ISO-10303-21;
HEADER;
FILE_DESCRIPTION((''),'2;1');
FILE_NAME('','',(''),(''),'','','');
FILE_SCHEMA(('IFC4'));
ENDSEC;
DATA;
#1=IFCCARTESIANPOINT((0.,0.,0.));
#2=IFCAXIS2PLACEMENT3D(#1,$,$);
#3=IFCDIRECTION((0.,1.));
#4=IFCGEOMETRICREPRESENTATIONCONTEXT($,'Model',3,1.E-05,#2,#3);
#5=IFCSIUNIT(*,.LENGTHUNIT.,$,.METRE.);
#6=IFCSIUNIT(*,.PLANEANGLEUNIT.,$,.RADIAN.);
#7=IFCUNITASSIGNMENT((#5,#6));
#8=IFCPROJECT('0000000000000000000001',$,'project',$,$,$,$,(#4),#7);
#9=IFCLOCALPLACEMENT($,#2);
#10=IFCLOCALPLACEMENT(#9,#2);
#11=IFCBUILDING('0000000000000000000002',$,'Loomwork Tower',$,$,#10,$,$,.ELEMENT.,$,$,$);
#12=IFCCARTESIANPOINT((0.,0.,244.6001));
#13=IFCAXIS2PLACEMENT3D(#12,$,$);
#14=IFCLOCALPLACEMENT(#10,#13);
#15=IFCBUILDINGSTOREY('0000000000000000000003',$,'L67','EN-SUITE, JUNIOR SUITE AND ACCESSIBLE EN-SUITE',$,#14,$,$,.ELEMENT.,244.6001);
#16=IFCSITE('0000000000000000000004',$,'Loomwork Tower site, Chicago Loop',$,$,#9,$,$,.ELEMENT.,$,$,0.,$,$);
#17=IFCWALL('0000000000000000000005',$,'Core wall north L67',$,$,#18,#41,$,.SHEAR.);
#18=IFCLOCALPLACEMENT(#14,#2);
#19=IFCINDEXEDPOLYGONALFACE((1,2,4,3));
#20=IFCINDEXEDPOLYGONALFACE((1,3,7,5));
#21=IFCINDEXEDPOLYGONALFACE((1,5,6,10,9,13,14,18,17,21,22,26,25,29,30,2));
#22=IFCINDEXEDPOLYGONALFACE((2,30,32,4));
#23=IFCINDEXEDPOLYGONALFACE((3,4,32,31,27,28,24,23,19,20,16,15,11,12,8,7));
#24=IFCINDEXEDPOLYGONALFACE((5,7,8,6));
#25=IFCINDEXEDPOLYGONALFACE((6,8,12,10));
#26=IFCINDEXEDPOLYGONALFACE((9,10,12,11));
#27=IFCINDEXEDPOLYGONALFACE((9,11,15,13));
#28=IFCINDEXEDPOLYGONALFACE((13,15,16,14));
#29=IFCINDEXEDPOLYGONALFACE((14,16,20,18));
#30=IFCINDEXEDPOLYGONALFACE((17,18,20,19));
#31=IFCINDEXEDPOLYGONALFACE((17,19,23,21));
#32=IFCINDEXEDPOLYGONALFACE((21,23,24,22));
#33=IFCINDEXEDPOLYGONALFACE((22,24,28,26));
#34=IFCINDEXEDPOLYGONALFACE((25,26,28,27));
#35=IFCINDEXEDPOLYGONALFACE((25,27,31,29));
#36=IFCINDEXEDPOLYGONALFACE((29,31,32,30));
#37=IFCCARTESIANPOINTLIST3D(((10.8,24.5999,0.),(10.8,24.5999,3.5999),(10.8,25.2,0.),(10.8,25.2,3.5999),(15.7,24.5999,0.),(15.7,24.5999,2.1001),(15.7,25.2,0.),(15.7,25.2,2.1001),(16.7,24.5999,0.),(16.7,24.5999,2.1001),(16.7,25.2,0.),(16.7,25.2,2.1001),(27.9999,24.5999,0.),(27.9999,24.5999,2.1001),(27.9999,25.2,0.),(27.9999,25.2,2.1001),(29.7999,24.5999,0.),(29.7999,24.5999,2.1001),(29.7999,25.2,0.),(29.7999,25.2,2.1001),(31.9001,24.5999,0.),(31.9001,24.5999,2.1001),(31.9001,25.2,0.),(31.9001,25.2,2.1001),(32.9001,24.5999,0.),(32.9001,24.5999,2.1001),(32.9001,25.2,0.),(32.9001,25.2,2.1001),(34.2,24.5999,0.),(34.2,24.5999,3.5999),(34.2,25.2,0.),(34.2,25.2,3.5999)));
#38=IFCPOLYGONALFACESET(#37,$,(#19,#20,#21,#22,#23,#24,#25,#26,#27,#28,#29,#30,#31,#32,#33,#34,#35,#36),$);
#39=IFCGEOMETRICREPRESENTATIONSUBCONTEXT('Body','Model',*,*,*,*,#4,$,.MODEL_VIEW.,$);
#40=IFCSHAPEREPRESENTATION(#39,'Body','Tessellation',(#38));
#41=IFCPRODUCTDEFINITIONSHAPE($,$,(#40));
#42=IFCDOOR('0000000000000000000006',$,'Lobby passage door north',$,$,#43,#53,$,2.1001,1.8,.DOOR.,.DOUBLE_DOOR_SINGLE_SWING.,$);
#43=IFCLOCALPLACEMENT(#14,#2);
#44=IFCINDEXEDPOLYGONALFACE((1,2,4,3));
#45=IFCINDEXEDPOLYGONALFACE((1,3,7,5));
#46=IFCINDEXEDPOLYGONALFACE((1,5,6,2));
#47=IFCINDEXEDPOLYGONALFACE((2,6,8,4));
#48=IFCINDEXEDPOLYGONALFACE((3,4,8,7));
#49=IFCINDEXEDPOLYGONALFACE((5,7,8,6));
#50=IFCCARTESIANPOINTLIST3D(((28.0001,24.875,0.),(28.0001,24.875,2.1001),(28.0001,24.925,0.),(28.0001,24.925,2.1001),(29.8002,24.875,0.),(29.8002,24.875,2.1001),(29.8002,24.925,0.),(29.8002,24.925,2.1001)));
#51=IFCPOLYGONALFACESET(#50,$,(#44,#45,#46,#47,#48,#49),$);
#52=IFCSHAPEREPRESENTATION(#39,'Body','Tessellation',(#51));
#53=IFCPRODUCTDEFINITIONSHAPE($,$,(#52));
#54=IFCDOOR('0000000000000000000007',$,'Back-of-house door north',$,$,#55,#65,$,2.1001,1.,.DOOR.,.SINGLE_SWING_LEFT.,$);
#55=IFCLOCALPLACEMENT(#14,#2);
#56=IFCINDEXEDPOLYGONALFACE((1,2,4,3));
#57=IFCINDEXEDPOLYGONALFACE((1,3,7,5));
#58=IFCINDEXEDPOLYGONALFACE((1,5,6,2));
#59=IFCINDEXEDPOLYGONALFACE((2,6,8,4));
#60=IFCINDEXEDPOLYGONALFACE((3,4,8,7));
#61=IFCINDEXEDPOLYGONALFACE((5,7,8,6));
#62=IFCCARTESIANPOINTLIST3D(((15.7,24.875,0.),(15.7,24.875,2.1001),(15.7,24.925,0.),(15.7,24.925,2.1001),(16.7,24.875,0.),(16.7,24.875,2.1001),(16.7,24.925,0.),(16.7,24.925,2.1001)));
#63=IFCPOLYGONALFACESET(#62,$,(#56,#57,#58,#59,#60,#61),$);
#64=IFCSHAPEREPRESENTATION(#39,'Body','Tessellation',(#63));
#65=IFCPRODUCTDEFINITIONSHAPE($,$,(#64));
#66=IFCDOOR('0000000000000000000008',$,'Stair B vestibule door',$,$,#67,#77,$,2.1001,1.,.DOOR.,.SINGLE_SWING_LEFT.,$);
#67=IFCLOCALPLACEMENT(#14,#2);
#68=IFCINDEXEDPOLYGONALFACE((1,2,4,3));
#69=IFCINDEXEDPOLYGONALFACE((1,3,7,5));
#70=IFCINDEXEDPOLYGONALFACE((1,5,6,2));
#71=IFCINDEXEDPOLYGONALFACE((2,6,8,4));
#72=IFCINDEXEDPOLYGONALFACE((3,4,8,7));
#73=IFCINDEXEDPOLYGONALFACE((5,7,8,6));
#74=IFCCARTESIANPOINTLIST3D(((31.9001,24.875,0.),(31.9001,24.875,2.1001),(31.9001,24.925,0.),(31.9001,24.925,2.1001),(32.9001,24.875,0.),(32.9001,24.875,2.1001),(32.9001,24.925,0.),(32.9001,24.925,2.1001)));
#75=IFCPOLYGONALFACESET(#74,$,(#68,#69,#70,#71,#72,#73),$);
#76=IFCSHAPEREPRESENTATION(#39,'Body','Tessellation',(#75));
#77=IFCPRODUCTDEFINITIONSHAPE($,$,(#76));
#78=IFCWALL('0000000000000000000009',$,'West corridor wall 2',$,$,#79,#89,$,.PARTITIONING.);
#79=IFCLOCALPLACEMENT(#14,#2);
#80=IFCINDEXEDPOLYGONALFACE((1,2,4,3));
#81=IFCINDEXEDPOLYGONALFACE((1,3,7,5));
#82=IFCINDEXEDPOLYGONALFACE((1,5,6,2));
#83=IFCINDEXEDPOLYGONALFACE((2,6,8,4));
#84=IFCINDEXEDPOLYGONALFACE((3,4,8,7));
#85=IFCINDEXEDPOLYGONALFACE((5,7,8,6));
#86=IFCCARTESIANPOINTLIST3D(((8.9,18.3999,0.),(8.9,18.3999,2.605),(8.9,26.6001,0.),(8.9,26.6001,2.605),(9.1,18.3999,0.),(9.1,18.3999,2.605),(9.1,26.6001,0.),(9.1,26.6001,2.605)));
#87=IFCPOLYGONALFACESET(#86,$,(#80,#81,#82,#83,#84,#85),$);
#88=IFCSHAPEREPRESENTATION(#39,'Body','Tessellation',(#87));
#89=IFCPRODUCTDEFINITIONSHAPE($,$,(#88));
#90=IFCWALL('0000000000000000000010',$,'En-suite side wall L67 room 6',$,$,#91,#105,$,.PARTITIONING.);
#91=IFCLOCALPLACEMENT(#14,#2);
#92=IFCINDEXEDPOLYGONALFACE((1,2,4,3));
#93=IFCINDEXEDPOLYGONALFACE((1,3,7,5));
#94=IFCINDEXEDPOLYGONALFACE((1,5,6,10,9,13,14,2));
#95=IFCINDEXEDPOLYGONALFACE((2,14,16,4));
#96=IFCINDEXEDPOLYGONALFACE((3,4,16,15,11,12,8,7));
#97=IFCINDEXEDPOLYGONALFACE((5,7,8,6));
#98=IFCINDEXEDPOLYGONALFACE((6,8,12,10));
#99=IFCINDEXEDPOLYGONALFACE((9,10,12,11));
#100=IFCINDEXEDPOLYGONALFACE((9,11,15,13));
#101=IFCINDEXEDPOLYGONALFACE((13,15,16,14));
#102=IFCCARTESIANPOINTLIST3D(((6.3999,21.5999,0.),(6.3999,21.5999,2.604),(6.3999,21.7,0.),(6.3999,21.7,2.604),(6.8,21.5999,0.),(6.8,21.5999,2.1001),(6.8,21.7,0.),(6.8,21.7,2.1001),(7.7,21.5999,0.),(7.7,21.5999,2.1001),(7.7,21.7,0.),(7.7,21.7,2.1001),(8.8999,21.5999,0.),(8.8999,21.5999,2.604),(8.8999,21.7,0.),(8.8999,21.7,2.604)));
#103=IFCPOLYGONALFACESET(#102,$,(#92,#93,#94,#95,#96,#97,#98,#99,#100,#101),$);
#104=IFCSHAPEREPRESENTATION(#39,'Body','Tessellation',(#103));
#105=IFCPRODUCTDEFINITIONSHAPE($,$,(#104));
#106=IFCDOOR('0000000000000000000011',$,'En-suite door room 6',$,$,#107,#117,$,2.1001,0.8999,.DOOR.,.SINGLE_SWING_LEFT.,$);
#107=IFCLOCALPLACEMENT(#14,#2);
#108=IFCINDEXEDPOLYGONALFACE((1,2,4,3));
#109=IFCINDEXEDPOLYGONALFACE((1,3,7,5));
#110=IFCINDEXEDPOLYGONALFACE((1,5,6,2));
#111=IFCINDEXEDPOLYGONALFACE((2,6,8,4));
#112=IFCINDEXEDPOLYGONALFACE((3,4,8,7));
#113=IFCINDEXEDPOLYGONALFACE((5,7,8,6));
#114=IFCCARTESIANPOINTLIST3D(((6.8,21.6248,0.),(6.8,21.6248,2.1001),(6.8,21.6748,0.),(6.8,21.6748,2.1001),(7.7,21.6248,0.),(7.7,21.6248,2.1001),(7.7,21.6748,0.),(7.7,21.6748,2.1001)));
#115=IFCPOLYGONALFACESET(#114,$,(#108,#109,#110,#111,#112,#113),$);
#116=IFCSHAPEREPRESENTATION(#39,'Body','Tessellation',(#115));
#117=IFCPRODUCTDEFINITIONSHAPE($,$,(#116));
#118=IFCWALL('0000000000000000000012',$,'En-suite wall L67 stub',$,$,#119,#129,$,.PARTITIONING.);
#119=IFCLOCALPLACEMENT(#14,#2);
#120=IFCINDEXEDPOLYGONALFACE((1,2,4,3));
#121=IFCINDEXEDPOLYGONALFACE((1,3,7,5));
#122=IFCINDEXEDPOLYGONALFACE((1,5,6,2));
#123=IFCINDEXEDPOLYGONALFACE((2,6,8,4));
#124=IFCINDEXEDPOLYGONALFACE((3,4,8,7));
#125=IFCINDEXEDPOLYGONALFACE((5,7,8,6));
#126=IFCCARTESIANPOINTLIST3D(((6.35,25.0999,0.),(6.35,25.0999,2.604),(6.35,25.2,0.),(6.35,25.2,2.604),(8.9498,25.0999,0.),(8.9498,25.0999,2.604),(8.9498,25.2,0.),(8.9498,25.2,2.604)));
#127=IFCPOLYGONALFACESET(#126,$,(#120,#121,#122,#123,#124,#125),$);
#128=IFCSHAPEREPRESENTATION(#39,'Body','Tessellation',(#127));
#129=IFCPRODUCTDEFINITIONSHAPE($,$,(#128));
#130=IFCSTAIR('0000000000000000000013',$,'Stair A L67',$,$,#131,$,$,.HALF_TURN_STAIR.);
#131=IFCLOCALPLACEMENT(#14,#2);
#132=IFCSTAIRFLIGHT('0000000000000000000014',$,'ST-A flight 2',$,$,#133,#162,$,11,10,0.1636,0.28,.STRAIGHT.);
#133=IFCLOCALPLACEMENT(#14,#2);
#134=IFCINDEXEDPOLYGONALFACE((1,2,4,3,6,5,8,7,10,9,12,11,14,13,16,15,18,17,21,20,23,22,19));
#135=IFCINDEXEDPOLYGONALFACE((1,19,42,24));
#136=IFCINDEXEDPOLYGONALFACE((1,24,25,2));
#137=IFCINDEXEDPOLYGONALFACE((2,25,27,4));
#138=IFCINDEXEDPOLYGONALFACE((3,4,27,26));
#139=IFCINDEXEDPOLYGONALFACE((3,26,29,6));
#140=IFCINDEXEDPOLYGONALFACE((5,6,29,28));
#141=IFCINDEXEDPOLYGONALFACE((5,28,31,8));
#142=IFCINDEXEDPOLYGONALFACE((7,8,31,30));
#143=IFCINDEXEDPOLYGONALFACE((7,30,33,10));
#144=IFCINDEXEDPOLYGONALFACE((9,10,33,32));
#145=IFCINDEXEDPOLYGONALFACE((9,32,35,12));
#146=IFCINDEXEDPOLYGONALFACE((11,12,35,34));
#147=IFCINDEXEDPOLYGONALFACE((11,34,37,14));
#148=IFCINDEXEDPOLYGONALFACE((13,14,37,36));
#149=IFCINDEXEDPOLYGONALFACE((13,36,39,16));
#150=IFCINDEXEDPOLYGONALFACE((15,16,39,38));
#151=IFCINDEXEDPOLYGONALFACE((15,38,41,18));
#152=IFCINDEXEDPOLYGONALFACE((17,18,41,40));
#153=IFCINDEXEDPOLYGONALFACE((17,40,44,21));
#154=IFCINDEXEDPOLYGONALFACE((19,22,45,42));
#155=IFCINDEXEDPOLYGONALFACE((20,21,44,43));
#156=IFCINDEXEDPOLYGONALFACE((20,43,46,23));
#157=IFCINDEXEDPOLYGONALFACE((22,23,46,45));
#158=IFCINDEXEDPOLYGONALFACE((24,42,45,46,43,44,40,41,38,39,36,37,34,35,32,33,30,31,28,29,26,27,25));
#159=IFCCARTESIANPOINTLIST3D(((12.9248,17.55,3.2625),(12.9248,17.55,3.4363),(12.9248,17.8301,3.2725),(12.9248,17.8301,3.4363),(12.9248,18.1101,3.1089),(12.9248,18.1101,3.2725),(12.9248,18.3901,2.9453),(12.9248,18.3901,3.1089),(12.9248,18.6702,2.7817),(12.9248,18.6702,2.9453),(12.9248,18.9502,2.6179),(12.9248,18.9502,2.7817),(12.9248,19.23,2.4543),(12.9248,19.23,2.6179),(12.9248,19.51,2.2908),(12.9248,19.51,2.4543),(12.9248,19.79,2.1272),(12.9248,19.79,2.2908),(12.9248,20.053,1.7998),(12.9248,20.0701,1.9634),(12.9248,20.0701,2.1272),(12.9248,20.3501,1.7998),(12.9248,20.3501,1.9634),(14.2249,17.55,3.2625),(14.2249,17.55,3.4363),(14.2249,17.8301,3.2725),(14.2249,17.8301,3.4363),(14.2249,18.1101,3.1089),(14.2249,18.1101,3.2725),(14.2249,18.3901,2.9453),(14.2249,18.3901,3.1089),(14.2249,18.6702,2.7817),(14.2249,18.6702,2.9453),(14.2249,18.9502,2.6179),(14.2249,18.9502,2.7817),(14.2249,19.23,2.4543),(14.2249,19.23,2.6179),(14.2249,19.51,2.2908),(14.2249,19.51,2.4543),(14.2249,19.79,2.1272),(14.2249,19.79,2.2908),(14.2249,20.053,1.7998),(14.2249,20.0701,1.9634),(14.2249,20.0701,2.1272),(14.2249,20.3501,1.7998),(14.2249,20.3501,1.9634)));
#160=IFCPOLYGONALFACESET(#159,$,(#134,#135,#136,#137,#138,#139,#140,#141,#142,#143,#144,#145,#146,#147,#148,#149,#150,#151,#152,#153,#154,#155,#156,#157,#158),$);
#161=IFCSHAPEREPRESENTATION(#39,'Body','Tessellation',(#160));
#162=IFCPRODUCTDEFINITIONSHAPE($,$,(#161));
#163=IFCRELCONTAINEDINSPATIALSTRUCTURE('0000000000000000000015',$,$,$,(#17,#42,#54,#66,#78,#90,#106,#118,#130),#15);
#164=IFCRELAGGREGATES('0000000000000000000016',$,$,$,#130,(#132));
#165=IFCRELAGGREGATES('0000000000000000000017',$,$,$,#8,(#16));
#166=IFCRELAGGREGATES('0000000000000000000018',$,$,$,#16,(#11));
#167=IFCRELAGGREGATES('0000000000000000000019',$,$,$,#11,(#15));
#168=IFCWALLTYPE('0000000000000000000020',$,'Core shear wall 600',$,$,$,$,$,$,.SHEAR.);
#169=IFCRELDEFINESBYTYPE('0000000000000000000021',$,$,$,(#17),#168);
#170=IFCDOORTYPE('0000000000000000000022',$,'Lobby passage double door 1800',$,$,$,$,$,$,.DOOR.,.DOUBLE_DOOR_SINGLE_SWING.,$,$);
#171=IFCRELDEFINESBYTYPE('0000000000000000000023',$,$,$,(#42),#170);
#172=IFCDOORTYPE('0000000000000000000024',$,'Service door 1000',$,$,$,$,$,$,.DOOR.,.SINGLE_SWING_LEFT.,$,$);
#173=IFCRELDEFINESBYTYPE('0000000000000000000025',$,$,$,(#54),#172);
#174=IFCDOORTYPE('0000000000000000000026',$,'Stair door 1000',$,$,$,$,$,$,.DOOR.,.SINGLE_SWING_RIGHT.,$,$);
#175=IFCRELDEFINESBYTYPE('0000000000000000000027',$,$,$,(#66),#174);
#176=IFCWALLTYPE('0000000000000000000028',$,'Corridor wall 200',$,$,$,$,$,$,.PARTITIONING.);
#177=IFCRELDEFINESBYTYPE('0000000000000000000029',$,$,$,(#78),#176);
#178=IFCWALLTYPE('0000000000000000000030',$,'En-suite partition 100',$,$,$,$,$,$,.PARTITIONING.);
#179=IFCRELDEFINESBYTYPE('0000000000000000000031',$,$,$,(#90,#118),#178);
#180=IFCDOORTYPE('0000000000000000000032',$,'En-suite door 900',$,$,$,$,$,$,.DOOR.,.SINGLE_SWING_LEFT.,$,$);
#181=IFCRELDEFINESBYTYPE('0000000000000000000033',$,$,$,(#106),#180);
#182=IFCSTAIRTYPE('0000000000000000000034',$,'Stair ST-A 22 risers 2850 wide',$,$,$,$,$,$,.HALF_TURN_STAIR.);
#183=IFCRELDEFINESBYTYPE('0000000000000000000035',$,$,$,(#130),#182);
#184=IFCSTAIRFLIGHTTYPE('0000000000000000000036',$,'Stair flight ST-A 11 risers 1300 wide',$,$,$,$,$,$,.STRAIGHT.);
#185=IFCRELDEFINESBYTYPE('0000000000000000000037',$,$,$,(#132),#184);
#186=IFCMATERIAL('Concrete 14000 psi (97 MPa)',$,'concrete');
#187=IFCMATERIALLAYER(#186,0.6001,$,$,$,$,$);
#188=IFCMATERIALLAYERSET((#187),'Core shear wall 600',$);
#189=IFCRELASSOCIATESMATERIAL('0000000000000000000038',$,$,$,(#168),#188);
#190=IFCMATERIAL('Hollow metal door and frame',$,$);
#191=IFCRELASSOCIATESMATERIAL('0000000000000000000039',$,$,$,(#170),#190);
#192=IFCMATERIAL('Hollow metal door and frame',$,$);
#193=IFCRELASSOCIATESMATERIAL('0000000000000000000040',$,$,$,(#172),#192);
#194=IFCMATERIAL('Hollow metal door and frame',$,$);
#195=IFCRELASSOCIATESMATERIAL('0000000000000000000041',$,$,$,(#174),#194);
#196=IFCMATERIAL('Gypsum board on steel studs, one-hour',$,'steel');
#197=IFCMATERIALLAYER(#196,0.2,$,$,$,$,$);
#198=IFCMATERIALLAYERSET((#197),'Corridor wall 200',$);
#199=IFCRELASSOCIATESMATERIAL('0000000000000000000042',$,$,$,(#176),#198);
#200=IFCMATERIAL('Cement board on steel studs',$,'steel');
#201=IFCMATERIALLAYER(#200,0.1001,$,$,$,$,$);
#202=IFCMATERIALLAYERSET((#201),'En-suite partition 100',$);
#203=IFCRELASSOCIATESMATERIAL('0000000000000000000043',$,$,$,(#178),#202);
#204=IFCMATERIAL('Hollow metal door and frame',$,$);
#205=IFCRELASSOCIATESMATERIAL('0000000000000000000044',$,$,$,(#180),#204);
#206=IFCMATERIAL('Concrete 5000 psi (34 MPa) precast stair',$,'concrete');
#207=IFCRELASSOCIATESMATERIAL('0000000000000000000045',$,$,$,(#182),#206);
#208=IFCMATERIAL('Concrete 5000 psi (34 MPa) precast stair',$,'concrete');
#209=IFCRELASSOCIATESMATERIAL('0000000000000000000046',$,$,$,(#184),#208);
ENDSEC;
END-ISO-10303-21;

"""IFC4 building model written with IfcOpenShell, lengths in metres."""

from ifc_helpers import new_model, si_unit, direction, frame, frame_2d, origin, place, context, subcontext, project, spatial, polyline, rectangle, outline, extrude, material, layer, layer_set, type_object, element, fill, aggregate, save


model = new_model("IFC4")

# Units and contexts
model_context = context("Model", 3, precision=1e-05, world=origin(), true_north=direction((0.0, 1.0)))
body_context = subcontext(model_context, "Body", "Model", "MODEL_VIEW")
ifc_project = project(units=[si_unit("LENGTHUNIT", "METRE"), si_unit("PLANEANGLEUNIT", "RADIAN")], contexts=[model_context])

# Site, building, storey
site_placement = place(None, origin())
site = spatial("IfcSite", under=ifc_project, at=site_placement, Name="Loomwork Tower site, Chicago Loop", CompositionType="ELEMENT", RefElevation=0.0)
building_placement = place(site_placement, origin())
building = spatial("IfcBuilding", under=site, at=building_placement, Name="Loomwork Tower", CompositionType="ELEMENT")
storey_placement = place(building_placement, frame((0.0, 0.0, 244.6001)))
storey = spatial("IfcBuildingStorey", under=building, at=storey_placement, Name="L67", Description="EN-SUITE, JUNIOR SUITE AND ACCESSIBLE EN-SUITE", CompositionType="ELEMENT", Elevation=244.6001)

# Wall, openings, doors
ifc_material_1 = material(Name="Concrete 14000 psi (97 MPa)", Category="concrete")
ifc_layer_1 = layer(ifc_material_1, 0.6001)
ifc_layer_set_1 = layer_set([ifc_layer_1], Name="Core shear wall 600")
wall_type_1 = type_object("IfcWallType", Name="Core shear wall 600", PredefinedType="SHEAR", material=ifc_layer_set_1)
wall_1_placement = place(storey_placement, frame((10.8, 24.8999, 0.0), z_axis=(0.0, 0.0, 1.0), x_axis=(1.0, 0.0, 0.0)))
wall_1 = element("IfcWall", 1, at=wall_1_placement, inside=storey, type_object=wall_type_1, Name="Core wall north L67", PredefinedType="SHEAR", context=body_context, shape_type="SweptSolid", body=[
    extrude(rectangle(XDim=23.3999, YDim=0.6001, at=frame_2d((11.7, 0.0))), origin(), (0.0, 0.0, 1.0), 3.5999),
])
opening_1_placement = place(wall_1_placement, frame((17.2, 0.0, 0.0)))
opening_1 = element("IfcOpeningElement", 2, at=opening_1_placement, cuts=wall_1, PredefinedType="OPENING", context=body_context, shape_type="SweptSolid", body=[
    extrude(rectangle(XDim=1.8, YDim=2.1001, at=frame_2d((0.8999, 1.05))), frame((0.0, 0.3101, 0.0), z_axis=(0.0, -1.0, 0.0), x_axis=(1.0, 0.0, 0.0)), (0.0, 0.0, 1.0), 0.6201),
])
opening_2_placement = place(wall_1_placement, frame((21.1001, 0.0, 0.0)))
opening_2 = element("IfcOpeningElement", 3, at=opening_2_placement, cuts=wall_1, PredefinedType="OPENING", context=body_context, shape_type="SweptSolid", body=[
    extrude(rectangle(XDim=1.0, YDim=2.1001, at=frame_2d((0.5, 1.05))), frame((0.0, 0.3101, 0.0), z_axis=(0.0, -1.0, 0.0), x_axis=(1.0, 0.0, 0.0)), (0.0, 0.0, 1.0), 0.6201),
])
opening_3_placement = place(wall_1_placement, frame((4.8999, 0.0, 0.0)))
opening_3 = element("IfcOpeningElement", 4, at=opening_3_placement, cuts=wall_1, PredefinedType="OPENING", context=body_context, shape_type="SweptSolid", body=[
    extrude(rectangle(XDim=1.0, YDim=2.1001, at=frame_2d((0.5, 1.05))), frame((0.0, 0.3101, 0.0), z_axis=(0.0, -1.0, 0.0), x_axis=(1.0, 0.0, 0.0)), (0.0, 0.0, 1.0), 0.6201),
])
ifc_material_2 = material(Name="Hollow metal door and frame")
door_type_1 = type_object("IfcDoorType", Name="Lobby passage double door 1800", OperationType="DOUBLE_DOOR_SINGLE_SWING", PredefinedType="DOOR", material=ifc_material_2)
door_1_placement = place(opening_1_placement, frame((1.8, 0.0, 0.0), z_axis=(0.0, 0.0, 1.0), x_axis=(-1.0, 0.0, 0.0)))
door_1 = element("IfcDoor", 5, at=door_1_placement, inside=storey, type_object=door_type_1, Name="Lobby passage door north", OperationType="DOUBLE_DOOR_SINGLE_SWING", OverallHeight=2.1001, OverallWidth=1.8, PredefinedType="DOOR", context=body_context, shape_type="SweptSolid", body=[
    extrude(rectangle(XDim=1.8, YDim=2.1001, at=frame_2d((0.8999, 1.05))), frame((0.0, 0.0249, 0.0), z_axis=(0.0, -1.0, 0.0), x_axis=(1.0, 0.0, 0.0)), (0.0, 0.0, 1.0), 0.05),
])
fill(opening_1, door_1)
ifc_material_3 = material(Name="Hollow metal door and frame")
door_type_2 = type_object("IfcDoorType", Name="Service door 1000", OperationType="SINGLE_SWING_LEFT", PredefinedType="DOOR", material=ifc_material_3)
door_2_placement = place(opening_3_placement, frame((1.0, 0.0, 0.0), z_axis=(0.0, 0.0, 1.0), x_axis=(-1.0, 0.0, 0.0)))
door_2 = element("IfcDoor", 6, at=door_2_placement, inside=storey, type_object=door_type_2, Name="Back-of-house door north", OperationType="SINGLE_SWING_LEFT", OverallHeight=2.1001, OverallWidth=1.0, PredefinedType="DOOR", context=body_context, shape_type="SweptSolid", body=[
    extrude(rectangle(XDim=1.0, YDim=2.1001, at=frame_2d((0.5, 1.05))), frame((0.0, 0.0249, 0.0), z_axis=(0.0, -1.0, 0.0), x_axis=(1.0, 0.0, 0.0)), (0.0, 0.0, 1.0), 0.05),
])
fill(opening_3, door_2)
ifc_material_4 = material(Name="Hollow metal door and frame")
door_type_3 = type_object("IfcDoorType", Name="Stair door 1000", OperationType="SINGLE_SWING_RIGHT", PredefinedType="DOOR", material=ifc_material_4)
door_3_placement = place(opening_2_placement, frame((1.0, 0.0, 0.0), z_axis=(0.0, 0.0, 1.0), x_axis=(-1.0, 0.0, 0.0)))
door_3 = element("IfcDoor", 7, at=door_3_placement, inside=storey, type_object=door_type_3, Name="Stair B vestibule door", OperationType="SINGLE_SWING_LEFT", OverallHeight=2.1001, OverallWidth=1.0, PredefinedType="DOOR", context=body_context, shape_type="SweptSolid", body=[
    extrude(rectangle(XDim=1.0, YDim=2.1001, at=frame_2d((0.5, 1.05))), frame((0.0, 0.0249, 0.0), z_axis=(0.0, -1.0, 0.0), x_axis=(1.0, 0.0, 0.0)), (0.0, 0.0, 1.0), 0.05),
])
fill(opening_2, door_3)

# Wall
ifc_material_5 = material(Name="Gypsum board on steel studs, one-hour", Category="steel")
ifc_layer_2 = layer(ifc_material_5, 0.2)
ifc_layer_set_2 = layer_set([ifc_layer_2], Name="Corridor wall 200")
wall_type_2 = type_object("IfcWallType", Name="Corridor wall 200", PredefinedType="PARTITIONING", material=ifc_layer_set_2)
wall_2_placement = place(storey_placement, frame((9.0, 18.3999, 0.0), z_axis=(0.0, 0.0, 1.0), x_axis=(0.0, 1.0, 0.0)))
element("IfcWall", 8, at=wall_2_placement, inside=storey, type_object=wall_type_2, Name="West corridor wall 2", PredefinedType="PARTITIONING", context=body_context, shape_type="SweptSolid", body=[
    extrude(rectangle(XDim=8.2002, YDim=0.2, at=frame_2d((4.1001, 0.0))), origin(), (0.0, 0.0, 1.0), 2.605),
])

# Wall, opening, door
ifc_material_6 = material(Name="Cement board on steel studs", Category="steel")
ifc_layer_3 = layer(ifc_material_6, 0.1001)
ifc_layer_set_3 = layer_set([ifc_layer_3], Name="En-suite partition 100")
wall_type_3 = type_object("IfcWallType", Name="En-suite partition 100", PredefinedType="PARTITIONING", material=ifc_layer_set_3)
wall_3_placement = place(storey_placement, frame((8.8999, 21.6499, 0.0), z_axis=(0.0, 0.0, 1.0), x_axis=(-1.0, 0.0, 0.0)))
wall_3 = element("IfcWall", 9, at=wall_3_placement, inside=storey, type_object=wall_type_3, Name="En-suite side wall L67 room 6", PredefinedType="PARTITIONING", context=body_context, shape_type="SweptSolid", body=[
    extrude(rectangle(XDim=2.5, YDim=0.1001, at=frame_2d((1.25, 0.0))), origin(), (0.0, 0.0, 1.0), 2.604),
])
opening_4_placement = place(wall_3_placement, frame((1.2, 0.0, 0.0)))
opening_4 = element("IfcOpeningElement", 10, at=opening_4_placement, cuts=wall_3, PredefinedType="OPENING", context=body_context, shape_type="SweptSolid", body=[
    extrude(rectangle(XDim=0.8999, YDim=2.1001, at=frame_2d((0.45, 1.05))), frame((0.0, 0.0601, 0.0), z_axis=(0.0, -1.0, 0.0), x_axis=(1.0, 0.0, 0.0)), (0.0, 0.0, 1.0), 0.1201),
])
ifc_material_7 = material(Name="Hollow metal door and frame")
door_type_4 = type_object("IfcDoorType", Name="En-suite door 900", OperationType="SINGLE_SWING_LEFT", PredefinedType="DOOR", material=ifc_material_7)
door_4_placement = place(opening_4_placement, frame((0.8999, 0.0, 0.0), z_axis=(0.0, 0.0, 1.0), x_axis=(-1.0, 0.0, 0.0)))
door_4 = element("IfcDoor", 11, at=door_4_placement, inside=storey, type_object=door_type_4, Name="En-suite door room 6", OperationType="SINGLE_SWING_LEFT", OverallHeight=2.1001, OverallWidth=0.8999, PredefinedType="DOOR", context=body_context, shape_type="SweptSolid", body=[
    extrude(rectangle(XDim=0.8999, YDim=2.1001, at=frame_2d((0.45, 1.05))), frame((0.0, 0.0249, 0.0), z_axis=(0.0, -1.0, 0.0), x_axis=(1.0, 0.0, 0.0)), (0.0, 0.0, 1.0), 0.05),
])
fill(opening_4, door_4)

# Wall
wall_4_placement = place(storey_placement, frame((6.3501, 25.1499, 0.0), z_axis=(0.0, 0.0, 1.0), x_axis=(1.0, 0.0, 0.0)))
element("IfcWall", 12, at=wall_4_placement, inside=storey, type_object=wall_type_3, Name="En-suite wall L67 stub", PredefinedType="PARTITIONING", context=body_context, shape_type="SweptSolid", body=[
    extrude(rectangle(XDim=2.5999, YDim=0.1001, at=frame_2d((1.2998, 0.0))), origin(), (0.0, 0.0, 1.0), 2.604),
])

# Stair, stair flight
ifc_material_8 = material(Name="Concrete 5000 psi (34 MPa) precast stair", Category="concrete")
stair_type = type_object("IfcStairType", Name="Stair ST-A 22 risers 2850 wide", PredefinedType="HALF_TURN_STAIR", material=ifc_material_8)
stair_placement = place(storey_placement, origin())
stair = element("IfcStair", 13, at=stair_placement, inside=storey, type_object=stair_type, Name="Stair A L67", PredefinedType="HALF_TURN_STAIR")
ifc_material_9 = material(Name="Concrete 5000 psi (34 MPa) precast stair", Category="concrete")
stair_flight_type = type_object("IfcStairFlightType", Name="Stair flight ST-A 11 risers 1300 wide", PredefinedType="STRAIGHT", material=ifc_material_9)
stair_flight_placement = place(storey_placement, frame((13.575, 20.3501, 1.7998), z_axis=(0.0, 0.0, 1.0), x_axis=(0.0, -1.0, 0.0)))
stair_flight = element("IfcStairFlight", 14, at=stair_flight_placement, type_object=stair_flight_type, Name="ST-A flight 2", NumberOfRisers=11, NumberOfTreads=10, PredefinedType="STRAIGHT", RiserHeight=0.1636, TreadLength=0.28, context=body_context, shape_type="SweptSolid", body=[
    extrude(outline(polyline([(0.0, 0.0), (0.0, 0.1636), (0.28, 0.1636), (0.28, 0.3274), (0.5601, 0.3274), (0.5601, 0.491), (0.8401, 0.491), (0.8401, 0.6545), (1.1201, 0.6545), (1.1201, 0.8181), (1.3999, 0.8181), (1.3999, 0.9819), (1.6799, 0.9819), (1.6799, 1.1455), (1.96, 1.1455), (1.96, 1.3091), (2.24, 1.3091), (2.24, 1.4727), (2.52, 1.4727), (2.52, 1.6365), (2.8, 1.6365), (2.8, 1.8), (2.8, 1.4626), (0.2971, 0.0), (0.0, 0.0)])), frame((0.0, 0.6499, 0.0), z_axis=(0.0, -1.0, 0.0), x_axis=(1.0, 0.0, 0.0)), (0.0, 0.0, 1.0), 1.3),
])
aggregate(stair, [stair_flight])

save(model, "model.ifc")
